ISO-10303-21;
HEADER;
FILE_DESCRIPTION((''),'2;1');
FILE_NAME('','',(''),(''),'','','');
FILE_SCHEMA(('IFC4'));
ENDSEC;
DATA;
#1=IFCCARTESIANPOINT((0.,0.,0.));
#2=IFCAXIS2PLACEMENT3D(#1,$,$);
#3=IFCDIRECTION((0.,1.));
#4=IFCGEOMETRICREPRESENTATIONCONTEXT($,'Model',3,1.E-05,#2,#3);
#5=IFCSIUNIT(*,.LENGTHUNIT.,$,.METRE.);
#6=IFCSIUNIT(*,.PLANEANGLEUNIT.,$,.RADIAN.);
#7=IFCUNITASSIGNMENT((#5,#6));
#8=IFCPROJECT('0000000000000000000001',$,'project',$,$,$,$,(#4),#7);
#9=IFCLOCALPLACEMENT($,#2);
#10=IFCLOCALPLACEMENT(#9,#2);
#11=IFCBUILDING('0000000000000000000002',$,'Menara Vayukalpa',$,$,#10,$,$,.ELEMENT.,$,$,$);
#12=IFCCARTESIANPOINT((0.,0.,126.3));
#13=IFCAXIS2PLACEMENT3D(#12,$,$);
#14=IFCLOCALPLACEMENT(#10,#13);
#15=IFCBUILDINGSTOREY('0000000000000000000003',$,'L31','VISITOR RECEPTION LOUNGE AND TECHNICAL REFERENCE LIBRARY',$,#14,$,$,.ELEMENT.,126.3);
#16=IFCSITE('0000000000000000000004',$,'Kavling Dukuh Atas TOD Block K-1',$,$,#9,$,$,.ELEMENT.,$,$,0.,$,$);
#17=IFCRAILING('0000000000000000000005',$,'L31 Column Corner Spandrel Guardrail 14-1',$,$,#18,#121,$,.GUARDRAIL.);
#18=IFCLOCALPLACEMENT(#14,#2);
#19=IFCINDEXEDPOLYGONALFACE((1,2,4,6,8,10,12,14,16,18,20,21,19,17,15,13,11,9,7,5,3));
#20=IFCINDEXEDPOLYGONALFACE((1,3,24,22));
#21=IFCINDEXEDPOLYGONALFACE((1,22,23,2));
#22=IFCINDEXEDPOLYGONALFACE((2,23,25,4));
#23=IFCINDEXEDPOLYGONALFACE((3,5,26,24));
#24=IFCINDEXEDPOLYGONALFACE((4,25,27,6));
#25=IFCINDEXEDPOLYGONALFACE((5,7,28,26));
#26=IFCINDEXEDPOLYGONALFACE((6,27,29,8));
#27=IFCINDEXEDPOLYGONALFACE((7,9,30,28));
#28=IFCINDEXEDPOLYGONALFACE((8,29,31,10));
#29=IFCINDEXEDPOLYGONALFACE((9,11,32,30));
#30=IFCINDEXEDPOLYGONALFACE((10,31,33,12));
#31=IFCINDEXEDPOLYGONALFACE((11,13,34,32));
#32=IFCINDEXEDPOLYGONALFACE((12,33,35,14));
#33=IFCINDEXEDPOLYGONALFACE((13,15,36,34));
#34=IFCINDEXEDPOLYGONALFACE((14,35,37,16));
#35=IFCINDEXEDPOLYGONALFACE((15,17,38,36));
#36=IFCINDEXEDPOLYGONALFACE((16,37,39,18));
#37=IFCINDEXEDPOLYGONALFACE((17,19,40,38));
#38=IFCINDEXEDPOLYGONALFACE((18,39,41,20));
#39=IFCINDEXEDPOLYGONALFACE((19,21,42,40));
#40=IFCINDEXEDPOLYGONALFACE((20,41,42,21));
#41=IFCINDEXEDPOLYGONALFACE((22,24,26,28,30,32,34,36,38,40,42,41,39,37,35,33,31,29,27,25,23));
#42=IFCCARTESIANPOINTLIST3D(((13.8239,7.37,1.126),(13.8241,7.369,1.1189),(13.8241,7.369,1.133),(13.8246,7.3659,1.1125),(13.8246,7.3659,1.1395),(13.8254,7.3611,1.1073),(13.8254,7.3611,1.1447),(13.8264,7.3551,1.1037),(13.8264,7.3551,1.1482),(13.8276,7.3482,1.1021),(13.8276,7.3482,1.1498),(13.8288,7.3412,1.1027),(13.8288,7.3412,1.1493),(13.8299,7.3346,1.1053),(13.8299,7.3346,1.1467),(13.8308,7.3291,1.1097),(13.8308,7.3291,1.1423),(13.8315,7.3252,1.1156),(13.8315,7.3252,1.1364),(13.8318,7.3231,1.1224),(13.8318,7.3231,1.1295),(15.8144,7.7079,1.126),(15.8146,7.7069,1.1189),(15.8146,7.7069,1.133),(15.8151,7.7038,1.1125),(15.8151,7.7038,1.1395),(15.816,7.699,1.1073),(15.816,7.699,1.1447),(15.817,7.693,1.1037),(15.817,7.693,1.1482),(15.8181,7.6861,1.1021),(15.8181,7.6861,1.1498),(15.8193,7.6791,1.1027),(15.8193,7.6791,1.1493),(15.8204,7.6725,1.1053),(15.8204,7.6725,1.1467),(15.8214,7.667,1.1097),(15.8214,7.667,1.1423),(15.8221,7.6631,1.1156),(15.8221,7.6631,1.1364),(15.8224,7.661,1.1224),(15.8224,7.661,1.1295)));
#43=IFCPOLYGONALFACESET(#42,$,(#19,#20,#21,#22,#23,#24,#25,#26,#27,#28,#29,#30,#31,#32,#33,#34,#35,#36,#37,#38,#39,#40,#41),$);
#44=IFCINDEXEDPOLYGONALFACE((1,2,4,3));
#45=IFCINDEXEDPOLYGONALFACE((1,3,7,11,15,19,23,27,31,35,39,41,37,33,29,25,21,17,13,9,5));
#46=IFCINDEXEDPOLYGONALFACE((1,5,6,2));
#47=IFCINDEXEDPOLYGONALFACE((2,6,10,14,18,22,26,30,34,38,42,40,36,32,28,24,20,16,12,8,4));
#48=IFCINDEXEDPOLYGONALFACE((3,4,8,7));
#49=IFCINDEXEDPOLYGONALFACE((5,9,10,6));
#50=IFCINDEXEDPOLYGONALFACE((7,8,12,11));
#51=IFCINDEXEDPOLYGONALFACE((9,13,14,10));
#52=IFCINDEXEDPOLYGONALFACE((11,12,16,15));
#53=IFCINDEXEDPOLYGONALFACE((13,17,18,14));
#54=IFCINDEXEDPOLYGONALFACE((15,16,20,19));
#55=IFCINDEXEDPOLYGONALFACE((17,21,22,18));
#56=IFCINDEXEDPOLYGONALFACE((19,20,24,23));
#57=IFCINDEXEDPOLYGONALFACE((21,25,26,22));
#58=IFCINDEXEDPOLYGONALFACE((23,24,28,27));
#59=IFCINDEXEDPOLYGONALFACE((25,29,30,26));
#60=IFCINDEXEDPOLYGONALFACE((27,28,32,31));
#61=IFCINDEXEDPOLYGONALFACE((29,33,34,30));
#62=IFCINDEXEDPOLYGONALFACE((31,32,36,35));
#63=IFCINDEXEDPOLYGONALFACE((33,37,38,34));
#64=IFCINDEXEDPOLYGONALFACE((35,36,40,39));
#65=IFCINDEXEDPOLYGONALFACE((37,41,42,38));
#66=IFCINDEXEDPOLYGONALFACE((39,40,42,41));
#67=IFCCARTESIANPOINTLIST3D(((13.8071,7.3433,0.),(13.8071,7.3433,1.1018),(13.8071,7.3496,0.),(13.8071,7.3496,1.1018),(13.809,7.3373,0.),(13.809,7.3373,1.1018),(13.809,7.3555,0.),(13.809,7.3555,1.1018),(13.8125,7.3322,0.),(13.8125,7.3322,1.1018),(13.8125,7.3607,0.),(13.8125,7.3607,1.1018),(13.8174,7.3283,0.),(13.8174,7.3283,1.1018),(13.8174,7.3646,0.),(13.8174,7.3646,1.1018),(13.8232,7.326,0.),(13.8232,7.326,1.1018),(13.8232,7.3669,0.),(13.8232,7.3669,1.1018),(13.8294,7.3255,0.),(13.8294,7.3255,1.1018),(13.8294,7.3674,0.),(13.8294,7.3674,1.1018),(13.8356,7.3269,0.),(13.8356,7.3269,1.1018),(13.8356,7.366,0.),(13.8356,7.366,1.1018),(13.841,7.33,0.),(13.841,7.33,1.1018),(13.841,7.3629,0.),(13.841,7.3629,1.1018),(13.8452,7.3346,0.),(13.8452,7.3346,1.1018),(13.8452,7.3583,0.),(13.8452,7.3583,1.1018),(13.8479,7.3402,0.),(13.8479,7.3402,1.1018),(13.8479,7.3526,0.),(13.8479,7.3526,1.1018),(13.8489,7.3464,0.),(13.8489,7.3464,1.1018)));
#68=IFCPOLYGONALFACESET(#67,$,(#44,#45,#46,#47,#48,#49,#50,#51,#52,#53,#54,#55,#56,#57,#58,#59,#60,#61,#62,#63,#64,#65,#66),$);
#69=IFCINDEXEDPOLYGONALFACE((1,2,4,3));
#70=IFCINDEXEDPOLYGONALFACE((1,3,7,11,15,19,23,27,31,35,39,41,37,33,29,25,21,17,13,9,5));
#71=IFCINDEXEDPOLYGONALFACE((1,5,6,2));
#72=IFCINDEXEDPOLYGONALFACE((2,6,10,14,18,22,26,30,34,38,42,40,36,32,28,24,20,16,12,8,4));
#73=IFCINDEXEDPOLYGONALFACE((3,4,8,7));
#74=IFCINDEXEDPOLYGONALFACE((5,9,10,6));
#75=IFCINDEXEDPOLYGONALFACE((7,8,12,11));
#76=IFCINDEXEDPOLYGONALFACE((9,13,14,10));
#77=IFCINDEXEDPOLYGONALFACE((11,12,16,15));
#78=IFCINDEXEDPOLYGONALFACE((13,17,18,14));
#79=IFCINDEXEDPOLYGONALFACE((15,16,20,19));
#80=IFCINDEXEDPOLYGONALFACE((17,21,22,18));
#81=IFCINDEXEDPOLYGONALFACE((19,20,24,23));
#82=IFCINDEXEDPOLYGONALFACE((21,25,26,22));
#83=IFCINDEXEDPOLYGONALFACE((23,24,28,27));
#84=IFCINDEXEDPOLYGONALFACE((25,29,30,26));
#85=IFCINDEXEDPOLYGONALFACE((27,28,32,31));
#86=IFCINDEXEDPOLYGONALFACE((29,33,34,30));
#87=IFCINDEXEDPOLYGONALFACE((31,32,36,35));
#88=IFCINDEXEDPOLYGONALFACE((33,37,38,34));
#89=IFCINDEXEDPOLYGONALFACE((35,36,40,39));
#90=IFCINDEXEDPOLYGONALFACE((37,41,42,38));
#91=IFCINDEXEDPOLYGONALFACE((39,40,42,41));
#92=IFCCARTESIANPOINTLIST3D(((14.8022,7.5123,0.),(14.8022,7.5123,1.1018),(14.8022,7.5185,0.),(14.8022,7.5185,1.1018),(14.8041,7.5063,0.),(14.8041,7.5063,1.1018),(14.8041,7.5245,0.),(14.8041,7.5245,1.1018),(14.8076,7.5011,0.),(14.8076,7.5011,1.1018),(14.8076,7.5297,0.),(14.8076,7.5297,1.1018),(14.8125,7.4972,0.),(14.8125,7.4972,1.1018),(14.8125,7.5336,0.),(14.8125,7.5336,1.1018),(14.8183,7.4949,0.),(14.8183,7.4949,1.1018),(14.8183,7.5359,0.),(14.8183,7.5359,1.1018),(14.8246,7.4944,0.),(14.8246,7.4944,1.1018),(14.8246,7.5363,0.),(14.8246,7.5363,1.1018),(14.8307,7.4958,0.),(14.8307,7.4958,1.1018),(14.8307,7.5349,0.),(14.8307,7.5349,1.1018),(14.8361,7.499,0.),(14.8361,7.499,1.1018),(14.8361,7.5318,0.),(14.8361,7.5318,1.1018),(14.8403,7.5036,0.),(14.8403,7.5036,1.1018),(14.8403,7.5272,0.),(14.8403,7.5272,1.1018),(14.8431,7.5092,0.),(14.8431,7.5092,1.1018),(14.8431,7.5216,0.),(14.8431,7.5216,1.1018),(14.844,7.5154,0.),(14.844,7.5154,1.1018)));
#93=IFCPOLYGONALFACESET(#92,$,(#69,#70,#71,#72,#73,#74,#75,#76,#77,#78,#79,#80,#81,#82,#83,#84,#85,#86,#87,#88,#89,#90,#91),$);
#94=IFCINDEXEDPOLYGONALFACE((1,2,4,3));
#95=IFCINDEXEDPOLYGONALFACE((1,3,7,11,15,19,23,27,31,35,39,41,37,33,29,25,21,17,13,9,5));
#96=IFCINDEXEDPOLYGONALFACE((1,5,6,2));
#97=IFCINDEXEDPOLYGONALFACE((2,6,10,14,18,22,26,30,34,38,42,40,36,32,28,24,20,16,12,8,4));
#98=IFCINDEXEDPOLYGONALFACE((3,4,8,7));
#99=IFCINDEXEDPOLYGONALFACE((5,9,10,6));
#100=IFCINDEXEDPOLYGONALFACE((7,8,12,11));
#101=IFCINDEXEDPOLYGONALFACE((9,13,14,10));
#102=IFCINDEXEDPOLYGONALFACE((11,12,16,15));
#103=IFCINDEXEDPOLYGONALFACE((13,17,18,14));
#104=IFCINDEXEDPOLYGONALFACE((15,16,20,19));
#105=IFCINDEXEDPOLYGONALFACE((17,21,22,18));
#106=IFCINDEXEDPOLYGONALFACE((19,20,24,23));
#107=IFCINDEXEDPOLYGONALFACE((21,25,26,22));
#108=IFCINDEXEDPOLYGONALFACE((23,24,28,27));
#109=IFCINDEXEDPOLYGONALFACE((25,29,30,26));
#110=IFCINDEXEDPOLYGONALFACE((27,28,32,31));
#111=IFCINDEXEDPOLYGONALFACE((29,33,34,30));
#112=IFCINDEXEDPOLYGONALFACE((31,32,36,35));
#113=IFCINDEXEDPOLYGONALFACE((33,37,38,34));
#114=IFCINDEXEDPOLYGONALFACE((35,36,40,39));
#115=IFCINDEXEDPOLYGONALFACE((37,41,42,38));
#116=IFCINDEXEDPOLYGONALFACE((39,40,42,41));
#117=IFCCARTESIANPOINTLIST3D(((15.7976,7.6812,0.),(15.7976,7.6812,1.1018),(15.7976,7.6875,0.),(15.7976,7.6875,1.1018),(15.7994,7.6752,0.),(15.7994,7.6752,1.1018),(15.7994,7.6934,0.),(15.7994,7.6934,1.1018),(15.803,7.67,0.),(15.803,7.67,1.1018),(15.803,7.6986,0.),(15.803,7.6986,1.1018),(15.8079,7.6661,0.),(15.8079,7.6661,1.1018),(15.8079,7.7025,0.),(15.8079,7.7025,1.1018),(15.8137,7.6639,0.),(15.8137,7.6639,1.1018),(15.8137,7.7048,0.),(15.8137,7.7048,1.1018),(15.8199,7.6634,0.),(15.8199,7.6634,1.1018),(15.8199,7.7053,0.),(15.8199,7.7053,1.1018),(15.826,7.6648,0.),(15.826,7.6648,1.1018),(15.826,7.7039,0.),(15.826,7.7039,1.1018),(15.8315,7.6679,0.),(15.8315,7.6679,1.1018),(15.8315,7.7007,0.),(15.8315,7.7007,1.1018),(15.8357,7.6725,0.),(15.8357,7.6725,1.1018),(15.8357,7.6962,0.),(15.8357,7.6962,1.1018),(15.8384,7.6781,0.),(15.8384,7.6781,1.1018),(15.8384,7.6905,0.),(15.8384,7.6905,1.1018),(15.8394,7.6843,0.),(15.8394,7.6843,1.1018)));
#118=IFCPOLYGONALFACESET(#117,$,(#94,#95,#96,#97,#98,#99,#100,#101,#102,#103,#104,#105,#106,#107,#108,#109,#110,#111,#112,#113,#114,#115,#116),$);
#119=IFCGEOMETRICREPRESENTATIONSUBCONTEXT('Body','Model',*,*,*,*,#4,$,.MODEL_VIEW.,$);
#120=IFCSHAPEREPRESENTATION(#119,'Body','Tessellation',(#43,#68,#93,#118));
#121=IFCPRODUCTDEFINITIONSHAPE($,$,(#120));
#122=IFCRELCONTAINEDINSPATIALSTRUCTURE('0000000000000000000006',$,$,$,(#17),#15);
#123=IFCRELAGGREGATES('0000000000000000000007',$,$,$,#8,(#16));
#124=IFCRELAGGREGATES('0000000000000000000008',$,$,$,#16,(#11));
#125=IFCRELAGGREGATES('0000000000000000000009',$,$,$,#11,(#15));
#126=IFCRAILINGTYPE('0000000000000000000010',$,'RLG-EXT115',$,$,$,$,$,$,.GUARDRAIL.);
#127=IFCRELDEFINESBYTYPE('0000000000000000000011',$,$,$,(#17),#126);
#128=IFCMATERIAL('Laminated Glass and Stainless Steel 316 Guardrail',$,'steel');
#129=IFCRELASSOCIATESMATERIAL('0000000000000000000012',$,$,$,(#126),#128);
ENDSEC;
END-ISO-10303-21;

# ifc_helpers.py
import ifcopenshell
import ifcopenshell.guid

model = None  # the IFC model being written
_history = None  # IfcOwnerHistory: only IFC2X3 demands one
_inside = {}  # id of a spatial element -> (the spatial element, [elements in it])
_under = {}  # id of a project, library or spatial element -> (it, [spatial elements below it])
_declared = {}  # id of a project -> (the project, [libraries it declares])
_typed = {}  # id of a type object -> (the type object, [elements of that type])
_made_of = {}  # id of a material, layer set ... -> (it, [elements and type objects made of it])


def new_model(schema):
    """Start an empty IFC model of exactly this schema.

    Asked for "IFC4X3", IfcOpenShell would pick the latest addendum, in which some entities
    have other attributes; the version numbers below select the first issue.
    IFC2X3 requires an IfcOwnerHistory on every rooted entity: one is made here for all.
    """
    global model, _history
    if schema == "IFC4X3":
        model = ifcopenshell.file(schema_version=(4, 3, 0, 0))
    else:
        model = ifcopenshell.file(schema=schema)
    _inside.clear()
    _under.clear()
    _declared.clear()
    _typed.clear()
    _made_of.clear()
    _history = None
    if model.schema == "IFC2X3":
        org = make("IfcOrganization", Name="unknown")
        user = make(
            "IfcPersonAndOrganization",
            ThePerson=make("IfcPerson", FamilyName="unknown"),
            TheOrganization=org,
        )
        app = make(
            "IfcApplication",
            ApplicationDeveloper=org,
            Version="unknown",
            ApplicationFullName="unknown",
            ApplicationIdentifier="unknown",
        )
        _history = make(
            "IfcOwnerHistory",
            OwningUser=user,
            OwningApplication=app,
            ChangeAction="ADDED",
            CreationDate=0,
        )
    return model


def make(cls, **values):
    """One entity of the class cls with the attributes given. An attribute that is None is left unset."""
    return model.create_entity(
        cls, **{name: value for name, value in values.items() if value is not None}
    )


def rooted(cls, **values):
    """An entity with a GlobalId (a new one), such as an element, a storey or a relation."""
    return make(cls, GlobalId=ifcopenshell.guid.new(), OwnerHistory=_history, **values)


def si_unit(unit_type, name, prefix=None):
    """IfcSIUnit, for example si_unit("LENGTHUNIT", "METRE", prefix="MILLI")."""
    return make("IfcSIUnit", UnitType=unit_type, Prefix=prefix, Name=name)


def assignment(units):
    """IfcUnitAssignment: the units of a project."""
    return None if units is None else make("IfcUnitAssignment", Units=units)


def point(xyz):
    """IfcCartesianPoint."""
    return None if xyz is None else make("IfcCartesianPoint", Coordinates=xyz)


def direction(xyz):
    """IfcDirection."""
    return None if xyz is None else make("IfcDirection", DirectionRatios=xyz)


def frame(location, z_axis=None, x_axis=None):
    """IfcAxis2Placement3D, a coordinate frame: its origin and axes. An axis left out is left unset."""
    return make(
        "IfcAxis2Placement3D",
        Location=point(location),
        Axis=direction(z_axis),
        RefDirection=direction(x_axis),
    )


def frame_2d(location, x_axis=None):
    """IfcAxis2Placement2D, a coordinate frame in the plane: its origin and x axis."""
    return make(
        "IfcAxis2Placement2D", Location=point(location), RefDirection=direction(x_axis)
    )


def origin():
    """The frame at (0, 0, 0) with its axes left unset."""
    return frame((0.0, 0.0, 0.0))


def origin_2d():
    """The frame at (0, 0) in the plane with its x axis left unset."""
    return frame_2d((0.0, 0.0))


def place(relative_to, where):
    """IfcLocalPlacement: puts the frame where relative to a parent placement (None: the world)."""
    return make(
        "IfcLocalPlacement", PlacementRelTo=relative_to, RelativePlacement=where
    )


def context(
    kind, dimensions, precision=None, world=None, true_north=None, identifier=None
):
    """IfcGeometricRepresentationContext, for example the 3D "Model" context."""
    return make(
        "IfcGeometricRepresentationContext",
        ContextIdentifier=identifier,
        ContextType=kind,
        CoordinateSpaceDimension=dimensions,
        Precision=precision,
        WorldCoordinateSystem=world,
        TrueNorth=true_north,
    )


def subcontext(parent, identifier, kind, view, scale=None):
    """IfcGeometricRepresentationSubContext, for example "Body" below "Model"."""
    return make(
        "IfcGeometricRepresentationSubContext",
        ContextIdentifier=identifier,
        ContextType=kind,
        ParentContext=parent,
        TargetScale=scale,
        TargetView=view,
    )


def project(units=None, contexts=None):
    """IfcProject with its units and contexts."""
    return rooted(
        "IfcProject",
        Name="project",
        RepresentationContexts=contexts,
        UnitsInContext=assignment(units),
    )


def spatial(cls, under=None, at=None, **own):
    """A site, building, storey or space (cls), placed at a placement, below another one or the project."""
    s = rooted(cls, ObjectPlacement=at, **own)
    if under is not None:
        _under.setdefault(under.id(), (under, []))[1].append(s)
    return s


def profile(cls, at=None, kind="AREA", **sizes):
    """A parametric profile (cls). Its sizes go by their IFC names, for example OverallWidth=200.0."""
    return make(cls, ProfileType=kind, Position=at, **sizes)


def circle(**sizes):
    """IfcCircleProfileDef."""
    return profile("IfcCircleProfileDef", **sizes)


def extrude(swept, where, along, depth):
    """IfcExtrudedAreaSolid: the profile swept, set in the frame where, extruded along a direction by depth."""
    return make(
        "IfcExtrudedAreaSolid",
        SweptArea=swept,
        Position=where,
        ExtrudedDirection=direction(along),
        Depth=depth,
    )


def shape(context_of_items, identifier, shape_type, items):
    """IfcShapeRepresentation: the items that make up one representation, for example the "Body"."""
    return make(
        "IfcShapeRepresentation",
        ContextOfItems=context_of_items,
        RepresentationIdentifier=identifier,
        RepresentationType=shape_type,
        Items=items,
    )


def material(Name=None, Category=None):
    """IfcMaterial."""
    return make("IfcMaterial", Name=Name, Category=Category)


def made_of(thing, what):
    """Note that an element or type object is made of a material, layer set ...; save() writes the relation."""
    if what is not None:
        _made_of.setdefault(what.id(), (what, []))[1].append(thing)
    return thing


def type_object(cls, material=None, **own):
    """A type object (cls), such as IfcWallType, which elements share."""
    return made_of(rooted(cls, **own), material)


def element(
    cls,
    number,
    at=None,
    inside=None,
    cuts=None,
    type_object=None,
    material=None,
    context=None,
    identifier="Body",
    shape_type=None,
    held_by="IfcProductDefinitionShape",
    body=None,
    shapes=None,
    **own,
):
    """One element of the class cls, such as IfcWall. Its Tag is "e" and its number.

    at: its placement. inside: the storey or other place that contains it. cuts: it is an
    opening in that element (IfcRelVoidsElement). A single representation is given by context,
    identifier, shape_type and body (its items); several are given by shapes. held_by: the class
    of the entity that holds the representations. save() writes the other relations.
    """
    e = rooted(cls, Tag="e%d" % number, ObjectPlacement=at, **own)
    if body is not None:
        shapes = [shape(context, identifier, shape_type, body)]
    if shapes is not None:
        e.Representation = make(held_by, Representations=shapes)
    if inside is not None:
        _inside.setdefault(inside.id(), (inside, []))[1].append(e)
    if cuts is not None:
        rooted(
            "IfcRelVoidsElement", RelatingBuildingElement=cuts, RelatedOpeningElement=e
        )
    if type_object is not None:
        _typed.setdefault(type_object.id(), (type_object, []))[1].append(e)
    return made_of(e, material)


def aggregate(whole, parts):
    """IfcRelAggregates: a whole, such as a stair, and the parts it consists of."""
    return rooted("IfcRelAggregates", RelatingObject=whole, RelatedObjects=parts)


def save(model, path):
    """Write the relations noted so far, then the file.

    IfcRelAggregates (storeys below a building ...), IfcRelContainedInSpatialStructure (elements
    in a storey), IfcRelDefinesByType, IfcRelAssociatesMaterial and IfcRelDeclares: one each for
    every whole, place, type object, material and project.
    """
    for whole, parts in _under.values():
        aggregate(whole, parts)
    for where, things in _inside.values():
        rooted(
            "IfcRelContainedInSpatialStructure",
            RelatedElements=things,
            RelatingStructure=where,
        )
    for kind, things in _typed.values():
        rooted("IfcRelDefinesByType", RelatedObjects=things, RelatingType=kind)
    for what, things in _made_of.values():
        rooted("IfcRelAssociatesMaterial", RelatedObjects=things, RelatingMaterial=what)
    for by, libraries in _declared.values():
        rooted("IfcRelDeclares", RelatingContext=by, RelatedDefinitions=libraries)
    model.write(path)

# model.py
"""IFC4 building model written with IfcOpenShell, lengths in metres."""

from ifc_helpers import new_model, si_unit, direction, frame, origin, origin_2d, place, context, subcontext, project, spatial, circle, extrude, material, type_object, element, save


model = new_model("IFC4")

# Units and contexts
model_context = context("Model", 3, precision=1e-05, world=origin(), true_north=direction((0.0, 1.0)))
body_context = subcontext(model_context, "Body", "Model", "MODEL_VIEW")
ifc_project = project(units=[si_unit("LENGTHUNIT", "METRE"), si_unit("PLANEANGLEUNIT", "RADIAN")], contexts=[model_context])

# Site, building, storey
site_placement = place(None, origin())
site = spatial("IfcSite", under=ifc_project, at=site_placement, Name="Kavling Dukuh Atas TOD Block K-1", CompositionType="ELEMENT", RefElevation=0.0)
building_placement = place(site_placement, origin())
building = spatial("IfcBuilding", under=site, at=building_placement, Name="Menara Vayukalpa", CompositionType="ELEMENT")
storey_placement = place(building_placement, frame((0.0, 0.0, 126.3)))
storey = spatial("IfcBuildingStorey", under=building, at=storey_placement, Name="L31", Description="VISITOR RECEPTION LOUNGE AND TECHNICAL REFERENCE LIBRARY", CompositionType="ELEMENT", Elevation=126.3)

# Railing
ifc_material_1 = material(Name="Laminated Glass and Stainless Steel 316 Guardrail", Category="steel")
railing_type = type_object("IfcRailingType", Name="RLG-EXT115", PredefinedType="GUARDRAIL", material=ifc_material_1)
railing_1_placement = place(storey_placement, frame((13.8279, 7.3464, 0.0)))
element("IfcRailing", 1, at=railing_1_placement, inside=storey, type_object=railing_type, Name="L31 Column Corner Spandrel Guardrail 14-1", PredefinedType="GUARDRAIL", context=body_context, shape_type="SweptSolid", body=[
    extrude(circle(Radius=0.0239, at=origin_2d()), frame((0.0, 0.0, 1.126), z_axis=(0.985896, 0.167359, 0.0), x_axis=(-0.167359, 0.985896, 0.0)), (0.0, 0.0, 1.0), 2.019),
    extrude(circle(Radius=0.021, at=origin_2d()), origin(), (0.0, 0.0, 1.0), 1.1018),
    extrude(circle(Radius=0.021, at=origin_2d()), frame((0.9951, 0.1689, 0.0)), (0.0, 0.0, 1.0), 1.1018),
    extrude(circle(Radius=0.021, at=origin_2d()), frame((1.9905, 0.3379, 0.0)), (0.0, 0.0, 1.0), 1.1018),
])

save(model, "model.ifc")
